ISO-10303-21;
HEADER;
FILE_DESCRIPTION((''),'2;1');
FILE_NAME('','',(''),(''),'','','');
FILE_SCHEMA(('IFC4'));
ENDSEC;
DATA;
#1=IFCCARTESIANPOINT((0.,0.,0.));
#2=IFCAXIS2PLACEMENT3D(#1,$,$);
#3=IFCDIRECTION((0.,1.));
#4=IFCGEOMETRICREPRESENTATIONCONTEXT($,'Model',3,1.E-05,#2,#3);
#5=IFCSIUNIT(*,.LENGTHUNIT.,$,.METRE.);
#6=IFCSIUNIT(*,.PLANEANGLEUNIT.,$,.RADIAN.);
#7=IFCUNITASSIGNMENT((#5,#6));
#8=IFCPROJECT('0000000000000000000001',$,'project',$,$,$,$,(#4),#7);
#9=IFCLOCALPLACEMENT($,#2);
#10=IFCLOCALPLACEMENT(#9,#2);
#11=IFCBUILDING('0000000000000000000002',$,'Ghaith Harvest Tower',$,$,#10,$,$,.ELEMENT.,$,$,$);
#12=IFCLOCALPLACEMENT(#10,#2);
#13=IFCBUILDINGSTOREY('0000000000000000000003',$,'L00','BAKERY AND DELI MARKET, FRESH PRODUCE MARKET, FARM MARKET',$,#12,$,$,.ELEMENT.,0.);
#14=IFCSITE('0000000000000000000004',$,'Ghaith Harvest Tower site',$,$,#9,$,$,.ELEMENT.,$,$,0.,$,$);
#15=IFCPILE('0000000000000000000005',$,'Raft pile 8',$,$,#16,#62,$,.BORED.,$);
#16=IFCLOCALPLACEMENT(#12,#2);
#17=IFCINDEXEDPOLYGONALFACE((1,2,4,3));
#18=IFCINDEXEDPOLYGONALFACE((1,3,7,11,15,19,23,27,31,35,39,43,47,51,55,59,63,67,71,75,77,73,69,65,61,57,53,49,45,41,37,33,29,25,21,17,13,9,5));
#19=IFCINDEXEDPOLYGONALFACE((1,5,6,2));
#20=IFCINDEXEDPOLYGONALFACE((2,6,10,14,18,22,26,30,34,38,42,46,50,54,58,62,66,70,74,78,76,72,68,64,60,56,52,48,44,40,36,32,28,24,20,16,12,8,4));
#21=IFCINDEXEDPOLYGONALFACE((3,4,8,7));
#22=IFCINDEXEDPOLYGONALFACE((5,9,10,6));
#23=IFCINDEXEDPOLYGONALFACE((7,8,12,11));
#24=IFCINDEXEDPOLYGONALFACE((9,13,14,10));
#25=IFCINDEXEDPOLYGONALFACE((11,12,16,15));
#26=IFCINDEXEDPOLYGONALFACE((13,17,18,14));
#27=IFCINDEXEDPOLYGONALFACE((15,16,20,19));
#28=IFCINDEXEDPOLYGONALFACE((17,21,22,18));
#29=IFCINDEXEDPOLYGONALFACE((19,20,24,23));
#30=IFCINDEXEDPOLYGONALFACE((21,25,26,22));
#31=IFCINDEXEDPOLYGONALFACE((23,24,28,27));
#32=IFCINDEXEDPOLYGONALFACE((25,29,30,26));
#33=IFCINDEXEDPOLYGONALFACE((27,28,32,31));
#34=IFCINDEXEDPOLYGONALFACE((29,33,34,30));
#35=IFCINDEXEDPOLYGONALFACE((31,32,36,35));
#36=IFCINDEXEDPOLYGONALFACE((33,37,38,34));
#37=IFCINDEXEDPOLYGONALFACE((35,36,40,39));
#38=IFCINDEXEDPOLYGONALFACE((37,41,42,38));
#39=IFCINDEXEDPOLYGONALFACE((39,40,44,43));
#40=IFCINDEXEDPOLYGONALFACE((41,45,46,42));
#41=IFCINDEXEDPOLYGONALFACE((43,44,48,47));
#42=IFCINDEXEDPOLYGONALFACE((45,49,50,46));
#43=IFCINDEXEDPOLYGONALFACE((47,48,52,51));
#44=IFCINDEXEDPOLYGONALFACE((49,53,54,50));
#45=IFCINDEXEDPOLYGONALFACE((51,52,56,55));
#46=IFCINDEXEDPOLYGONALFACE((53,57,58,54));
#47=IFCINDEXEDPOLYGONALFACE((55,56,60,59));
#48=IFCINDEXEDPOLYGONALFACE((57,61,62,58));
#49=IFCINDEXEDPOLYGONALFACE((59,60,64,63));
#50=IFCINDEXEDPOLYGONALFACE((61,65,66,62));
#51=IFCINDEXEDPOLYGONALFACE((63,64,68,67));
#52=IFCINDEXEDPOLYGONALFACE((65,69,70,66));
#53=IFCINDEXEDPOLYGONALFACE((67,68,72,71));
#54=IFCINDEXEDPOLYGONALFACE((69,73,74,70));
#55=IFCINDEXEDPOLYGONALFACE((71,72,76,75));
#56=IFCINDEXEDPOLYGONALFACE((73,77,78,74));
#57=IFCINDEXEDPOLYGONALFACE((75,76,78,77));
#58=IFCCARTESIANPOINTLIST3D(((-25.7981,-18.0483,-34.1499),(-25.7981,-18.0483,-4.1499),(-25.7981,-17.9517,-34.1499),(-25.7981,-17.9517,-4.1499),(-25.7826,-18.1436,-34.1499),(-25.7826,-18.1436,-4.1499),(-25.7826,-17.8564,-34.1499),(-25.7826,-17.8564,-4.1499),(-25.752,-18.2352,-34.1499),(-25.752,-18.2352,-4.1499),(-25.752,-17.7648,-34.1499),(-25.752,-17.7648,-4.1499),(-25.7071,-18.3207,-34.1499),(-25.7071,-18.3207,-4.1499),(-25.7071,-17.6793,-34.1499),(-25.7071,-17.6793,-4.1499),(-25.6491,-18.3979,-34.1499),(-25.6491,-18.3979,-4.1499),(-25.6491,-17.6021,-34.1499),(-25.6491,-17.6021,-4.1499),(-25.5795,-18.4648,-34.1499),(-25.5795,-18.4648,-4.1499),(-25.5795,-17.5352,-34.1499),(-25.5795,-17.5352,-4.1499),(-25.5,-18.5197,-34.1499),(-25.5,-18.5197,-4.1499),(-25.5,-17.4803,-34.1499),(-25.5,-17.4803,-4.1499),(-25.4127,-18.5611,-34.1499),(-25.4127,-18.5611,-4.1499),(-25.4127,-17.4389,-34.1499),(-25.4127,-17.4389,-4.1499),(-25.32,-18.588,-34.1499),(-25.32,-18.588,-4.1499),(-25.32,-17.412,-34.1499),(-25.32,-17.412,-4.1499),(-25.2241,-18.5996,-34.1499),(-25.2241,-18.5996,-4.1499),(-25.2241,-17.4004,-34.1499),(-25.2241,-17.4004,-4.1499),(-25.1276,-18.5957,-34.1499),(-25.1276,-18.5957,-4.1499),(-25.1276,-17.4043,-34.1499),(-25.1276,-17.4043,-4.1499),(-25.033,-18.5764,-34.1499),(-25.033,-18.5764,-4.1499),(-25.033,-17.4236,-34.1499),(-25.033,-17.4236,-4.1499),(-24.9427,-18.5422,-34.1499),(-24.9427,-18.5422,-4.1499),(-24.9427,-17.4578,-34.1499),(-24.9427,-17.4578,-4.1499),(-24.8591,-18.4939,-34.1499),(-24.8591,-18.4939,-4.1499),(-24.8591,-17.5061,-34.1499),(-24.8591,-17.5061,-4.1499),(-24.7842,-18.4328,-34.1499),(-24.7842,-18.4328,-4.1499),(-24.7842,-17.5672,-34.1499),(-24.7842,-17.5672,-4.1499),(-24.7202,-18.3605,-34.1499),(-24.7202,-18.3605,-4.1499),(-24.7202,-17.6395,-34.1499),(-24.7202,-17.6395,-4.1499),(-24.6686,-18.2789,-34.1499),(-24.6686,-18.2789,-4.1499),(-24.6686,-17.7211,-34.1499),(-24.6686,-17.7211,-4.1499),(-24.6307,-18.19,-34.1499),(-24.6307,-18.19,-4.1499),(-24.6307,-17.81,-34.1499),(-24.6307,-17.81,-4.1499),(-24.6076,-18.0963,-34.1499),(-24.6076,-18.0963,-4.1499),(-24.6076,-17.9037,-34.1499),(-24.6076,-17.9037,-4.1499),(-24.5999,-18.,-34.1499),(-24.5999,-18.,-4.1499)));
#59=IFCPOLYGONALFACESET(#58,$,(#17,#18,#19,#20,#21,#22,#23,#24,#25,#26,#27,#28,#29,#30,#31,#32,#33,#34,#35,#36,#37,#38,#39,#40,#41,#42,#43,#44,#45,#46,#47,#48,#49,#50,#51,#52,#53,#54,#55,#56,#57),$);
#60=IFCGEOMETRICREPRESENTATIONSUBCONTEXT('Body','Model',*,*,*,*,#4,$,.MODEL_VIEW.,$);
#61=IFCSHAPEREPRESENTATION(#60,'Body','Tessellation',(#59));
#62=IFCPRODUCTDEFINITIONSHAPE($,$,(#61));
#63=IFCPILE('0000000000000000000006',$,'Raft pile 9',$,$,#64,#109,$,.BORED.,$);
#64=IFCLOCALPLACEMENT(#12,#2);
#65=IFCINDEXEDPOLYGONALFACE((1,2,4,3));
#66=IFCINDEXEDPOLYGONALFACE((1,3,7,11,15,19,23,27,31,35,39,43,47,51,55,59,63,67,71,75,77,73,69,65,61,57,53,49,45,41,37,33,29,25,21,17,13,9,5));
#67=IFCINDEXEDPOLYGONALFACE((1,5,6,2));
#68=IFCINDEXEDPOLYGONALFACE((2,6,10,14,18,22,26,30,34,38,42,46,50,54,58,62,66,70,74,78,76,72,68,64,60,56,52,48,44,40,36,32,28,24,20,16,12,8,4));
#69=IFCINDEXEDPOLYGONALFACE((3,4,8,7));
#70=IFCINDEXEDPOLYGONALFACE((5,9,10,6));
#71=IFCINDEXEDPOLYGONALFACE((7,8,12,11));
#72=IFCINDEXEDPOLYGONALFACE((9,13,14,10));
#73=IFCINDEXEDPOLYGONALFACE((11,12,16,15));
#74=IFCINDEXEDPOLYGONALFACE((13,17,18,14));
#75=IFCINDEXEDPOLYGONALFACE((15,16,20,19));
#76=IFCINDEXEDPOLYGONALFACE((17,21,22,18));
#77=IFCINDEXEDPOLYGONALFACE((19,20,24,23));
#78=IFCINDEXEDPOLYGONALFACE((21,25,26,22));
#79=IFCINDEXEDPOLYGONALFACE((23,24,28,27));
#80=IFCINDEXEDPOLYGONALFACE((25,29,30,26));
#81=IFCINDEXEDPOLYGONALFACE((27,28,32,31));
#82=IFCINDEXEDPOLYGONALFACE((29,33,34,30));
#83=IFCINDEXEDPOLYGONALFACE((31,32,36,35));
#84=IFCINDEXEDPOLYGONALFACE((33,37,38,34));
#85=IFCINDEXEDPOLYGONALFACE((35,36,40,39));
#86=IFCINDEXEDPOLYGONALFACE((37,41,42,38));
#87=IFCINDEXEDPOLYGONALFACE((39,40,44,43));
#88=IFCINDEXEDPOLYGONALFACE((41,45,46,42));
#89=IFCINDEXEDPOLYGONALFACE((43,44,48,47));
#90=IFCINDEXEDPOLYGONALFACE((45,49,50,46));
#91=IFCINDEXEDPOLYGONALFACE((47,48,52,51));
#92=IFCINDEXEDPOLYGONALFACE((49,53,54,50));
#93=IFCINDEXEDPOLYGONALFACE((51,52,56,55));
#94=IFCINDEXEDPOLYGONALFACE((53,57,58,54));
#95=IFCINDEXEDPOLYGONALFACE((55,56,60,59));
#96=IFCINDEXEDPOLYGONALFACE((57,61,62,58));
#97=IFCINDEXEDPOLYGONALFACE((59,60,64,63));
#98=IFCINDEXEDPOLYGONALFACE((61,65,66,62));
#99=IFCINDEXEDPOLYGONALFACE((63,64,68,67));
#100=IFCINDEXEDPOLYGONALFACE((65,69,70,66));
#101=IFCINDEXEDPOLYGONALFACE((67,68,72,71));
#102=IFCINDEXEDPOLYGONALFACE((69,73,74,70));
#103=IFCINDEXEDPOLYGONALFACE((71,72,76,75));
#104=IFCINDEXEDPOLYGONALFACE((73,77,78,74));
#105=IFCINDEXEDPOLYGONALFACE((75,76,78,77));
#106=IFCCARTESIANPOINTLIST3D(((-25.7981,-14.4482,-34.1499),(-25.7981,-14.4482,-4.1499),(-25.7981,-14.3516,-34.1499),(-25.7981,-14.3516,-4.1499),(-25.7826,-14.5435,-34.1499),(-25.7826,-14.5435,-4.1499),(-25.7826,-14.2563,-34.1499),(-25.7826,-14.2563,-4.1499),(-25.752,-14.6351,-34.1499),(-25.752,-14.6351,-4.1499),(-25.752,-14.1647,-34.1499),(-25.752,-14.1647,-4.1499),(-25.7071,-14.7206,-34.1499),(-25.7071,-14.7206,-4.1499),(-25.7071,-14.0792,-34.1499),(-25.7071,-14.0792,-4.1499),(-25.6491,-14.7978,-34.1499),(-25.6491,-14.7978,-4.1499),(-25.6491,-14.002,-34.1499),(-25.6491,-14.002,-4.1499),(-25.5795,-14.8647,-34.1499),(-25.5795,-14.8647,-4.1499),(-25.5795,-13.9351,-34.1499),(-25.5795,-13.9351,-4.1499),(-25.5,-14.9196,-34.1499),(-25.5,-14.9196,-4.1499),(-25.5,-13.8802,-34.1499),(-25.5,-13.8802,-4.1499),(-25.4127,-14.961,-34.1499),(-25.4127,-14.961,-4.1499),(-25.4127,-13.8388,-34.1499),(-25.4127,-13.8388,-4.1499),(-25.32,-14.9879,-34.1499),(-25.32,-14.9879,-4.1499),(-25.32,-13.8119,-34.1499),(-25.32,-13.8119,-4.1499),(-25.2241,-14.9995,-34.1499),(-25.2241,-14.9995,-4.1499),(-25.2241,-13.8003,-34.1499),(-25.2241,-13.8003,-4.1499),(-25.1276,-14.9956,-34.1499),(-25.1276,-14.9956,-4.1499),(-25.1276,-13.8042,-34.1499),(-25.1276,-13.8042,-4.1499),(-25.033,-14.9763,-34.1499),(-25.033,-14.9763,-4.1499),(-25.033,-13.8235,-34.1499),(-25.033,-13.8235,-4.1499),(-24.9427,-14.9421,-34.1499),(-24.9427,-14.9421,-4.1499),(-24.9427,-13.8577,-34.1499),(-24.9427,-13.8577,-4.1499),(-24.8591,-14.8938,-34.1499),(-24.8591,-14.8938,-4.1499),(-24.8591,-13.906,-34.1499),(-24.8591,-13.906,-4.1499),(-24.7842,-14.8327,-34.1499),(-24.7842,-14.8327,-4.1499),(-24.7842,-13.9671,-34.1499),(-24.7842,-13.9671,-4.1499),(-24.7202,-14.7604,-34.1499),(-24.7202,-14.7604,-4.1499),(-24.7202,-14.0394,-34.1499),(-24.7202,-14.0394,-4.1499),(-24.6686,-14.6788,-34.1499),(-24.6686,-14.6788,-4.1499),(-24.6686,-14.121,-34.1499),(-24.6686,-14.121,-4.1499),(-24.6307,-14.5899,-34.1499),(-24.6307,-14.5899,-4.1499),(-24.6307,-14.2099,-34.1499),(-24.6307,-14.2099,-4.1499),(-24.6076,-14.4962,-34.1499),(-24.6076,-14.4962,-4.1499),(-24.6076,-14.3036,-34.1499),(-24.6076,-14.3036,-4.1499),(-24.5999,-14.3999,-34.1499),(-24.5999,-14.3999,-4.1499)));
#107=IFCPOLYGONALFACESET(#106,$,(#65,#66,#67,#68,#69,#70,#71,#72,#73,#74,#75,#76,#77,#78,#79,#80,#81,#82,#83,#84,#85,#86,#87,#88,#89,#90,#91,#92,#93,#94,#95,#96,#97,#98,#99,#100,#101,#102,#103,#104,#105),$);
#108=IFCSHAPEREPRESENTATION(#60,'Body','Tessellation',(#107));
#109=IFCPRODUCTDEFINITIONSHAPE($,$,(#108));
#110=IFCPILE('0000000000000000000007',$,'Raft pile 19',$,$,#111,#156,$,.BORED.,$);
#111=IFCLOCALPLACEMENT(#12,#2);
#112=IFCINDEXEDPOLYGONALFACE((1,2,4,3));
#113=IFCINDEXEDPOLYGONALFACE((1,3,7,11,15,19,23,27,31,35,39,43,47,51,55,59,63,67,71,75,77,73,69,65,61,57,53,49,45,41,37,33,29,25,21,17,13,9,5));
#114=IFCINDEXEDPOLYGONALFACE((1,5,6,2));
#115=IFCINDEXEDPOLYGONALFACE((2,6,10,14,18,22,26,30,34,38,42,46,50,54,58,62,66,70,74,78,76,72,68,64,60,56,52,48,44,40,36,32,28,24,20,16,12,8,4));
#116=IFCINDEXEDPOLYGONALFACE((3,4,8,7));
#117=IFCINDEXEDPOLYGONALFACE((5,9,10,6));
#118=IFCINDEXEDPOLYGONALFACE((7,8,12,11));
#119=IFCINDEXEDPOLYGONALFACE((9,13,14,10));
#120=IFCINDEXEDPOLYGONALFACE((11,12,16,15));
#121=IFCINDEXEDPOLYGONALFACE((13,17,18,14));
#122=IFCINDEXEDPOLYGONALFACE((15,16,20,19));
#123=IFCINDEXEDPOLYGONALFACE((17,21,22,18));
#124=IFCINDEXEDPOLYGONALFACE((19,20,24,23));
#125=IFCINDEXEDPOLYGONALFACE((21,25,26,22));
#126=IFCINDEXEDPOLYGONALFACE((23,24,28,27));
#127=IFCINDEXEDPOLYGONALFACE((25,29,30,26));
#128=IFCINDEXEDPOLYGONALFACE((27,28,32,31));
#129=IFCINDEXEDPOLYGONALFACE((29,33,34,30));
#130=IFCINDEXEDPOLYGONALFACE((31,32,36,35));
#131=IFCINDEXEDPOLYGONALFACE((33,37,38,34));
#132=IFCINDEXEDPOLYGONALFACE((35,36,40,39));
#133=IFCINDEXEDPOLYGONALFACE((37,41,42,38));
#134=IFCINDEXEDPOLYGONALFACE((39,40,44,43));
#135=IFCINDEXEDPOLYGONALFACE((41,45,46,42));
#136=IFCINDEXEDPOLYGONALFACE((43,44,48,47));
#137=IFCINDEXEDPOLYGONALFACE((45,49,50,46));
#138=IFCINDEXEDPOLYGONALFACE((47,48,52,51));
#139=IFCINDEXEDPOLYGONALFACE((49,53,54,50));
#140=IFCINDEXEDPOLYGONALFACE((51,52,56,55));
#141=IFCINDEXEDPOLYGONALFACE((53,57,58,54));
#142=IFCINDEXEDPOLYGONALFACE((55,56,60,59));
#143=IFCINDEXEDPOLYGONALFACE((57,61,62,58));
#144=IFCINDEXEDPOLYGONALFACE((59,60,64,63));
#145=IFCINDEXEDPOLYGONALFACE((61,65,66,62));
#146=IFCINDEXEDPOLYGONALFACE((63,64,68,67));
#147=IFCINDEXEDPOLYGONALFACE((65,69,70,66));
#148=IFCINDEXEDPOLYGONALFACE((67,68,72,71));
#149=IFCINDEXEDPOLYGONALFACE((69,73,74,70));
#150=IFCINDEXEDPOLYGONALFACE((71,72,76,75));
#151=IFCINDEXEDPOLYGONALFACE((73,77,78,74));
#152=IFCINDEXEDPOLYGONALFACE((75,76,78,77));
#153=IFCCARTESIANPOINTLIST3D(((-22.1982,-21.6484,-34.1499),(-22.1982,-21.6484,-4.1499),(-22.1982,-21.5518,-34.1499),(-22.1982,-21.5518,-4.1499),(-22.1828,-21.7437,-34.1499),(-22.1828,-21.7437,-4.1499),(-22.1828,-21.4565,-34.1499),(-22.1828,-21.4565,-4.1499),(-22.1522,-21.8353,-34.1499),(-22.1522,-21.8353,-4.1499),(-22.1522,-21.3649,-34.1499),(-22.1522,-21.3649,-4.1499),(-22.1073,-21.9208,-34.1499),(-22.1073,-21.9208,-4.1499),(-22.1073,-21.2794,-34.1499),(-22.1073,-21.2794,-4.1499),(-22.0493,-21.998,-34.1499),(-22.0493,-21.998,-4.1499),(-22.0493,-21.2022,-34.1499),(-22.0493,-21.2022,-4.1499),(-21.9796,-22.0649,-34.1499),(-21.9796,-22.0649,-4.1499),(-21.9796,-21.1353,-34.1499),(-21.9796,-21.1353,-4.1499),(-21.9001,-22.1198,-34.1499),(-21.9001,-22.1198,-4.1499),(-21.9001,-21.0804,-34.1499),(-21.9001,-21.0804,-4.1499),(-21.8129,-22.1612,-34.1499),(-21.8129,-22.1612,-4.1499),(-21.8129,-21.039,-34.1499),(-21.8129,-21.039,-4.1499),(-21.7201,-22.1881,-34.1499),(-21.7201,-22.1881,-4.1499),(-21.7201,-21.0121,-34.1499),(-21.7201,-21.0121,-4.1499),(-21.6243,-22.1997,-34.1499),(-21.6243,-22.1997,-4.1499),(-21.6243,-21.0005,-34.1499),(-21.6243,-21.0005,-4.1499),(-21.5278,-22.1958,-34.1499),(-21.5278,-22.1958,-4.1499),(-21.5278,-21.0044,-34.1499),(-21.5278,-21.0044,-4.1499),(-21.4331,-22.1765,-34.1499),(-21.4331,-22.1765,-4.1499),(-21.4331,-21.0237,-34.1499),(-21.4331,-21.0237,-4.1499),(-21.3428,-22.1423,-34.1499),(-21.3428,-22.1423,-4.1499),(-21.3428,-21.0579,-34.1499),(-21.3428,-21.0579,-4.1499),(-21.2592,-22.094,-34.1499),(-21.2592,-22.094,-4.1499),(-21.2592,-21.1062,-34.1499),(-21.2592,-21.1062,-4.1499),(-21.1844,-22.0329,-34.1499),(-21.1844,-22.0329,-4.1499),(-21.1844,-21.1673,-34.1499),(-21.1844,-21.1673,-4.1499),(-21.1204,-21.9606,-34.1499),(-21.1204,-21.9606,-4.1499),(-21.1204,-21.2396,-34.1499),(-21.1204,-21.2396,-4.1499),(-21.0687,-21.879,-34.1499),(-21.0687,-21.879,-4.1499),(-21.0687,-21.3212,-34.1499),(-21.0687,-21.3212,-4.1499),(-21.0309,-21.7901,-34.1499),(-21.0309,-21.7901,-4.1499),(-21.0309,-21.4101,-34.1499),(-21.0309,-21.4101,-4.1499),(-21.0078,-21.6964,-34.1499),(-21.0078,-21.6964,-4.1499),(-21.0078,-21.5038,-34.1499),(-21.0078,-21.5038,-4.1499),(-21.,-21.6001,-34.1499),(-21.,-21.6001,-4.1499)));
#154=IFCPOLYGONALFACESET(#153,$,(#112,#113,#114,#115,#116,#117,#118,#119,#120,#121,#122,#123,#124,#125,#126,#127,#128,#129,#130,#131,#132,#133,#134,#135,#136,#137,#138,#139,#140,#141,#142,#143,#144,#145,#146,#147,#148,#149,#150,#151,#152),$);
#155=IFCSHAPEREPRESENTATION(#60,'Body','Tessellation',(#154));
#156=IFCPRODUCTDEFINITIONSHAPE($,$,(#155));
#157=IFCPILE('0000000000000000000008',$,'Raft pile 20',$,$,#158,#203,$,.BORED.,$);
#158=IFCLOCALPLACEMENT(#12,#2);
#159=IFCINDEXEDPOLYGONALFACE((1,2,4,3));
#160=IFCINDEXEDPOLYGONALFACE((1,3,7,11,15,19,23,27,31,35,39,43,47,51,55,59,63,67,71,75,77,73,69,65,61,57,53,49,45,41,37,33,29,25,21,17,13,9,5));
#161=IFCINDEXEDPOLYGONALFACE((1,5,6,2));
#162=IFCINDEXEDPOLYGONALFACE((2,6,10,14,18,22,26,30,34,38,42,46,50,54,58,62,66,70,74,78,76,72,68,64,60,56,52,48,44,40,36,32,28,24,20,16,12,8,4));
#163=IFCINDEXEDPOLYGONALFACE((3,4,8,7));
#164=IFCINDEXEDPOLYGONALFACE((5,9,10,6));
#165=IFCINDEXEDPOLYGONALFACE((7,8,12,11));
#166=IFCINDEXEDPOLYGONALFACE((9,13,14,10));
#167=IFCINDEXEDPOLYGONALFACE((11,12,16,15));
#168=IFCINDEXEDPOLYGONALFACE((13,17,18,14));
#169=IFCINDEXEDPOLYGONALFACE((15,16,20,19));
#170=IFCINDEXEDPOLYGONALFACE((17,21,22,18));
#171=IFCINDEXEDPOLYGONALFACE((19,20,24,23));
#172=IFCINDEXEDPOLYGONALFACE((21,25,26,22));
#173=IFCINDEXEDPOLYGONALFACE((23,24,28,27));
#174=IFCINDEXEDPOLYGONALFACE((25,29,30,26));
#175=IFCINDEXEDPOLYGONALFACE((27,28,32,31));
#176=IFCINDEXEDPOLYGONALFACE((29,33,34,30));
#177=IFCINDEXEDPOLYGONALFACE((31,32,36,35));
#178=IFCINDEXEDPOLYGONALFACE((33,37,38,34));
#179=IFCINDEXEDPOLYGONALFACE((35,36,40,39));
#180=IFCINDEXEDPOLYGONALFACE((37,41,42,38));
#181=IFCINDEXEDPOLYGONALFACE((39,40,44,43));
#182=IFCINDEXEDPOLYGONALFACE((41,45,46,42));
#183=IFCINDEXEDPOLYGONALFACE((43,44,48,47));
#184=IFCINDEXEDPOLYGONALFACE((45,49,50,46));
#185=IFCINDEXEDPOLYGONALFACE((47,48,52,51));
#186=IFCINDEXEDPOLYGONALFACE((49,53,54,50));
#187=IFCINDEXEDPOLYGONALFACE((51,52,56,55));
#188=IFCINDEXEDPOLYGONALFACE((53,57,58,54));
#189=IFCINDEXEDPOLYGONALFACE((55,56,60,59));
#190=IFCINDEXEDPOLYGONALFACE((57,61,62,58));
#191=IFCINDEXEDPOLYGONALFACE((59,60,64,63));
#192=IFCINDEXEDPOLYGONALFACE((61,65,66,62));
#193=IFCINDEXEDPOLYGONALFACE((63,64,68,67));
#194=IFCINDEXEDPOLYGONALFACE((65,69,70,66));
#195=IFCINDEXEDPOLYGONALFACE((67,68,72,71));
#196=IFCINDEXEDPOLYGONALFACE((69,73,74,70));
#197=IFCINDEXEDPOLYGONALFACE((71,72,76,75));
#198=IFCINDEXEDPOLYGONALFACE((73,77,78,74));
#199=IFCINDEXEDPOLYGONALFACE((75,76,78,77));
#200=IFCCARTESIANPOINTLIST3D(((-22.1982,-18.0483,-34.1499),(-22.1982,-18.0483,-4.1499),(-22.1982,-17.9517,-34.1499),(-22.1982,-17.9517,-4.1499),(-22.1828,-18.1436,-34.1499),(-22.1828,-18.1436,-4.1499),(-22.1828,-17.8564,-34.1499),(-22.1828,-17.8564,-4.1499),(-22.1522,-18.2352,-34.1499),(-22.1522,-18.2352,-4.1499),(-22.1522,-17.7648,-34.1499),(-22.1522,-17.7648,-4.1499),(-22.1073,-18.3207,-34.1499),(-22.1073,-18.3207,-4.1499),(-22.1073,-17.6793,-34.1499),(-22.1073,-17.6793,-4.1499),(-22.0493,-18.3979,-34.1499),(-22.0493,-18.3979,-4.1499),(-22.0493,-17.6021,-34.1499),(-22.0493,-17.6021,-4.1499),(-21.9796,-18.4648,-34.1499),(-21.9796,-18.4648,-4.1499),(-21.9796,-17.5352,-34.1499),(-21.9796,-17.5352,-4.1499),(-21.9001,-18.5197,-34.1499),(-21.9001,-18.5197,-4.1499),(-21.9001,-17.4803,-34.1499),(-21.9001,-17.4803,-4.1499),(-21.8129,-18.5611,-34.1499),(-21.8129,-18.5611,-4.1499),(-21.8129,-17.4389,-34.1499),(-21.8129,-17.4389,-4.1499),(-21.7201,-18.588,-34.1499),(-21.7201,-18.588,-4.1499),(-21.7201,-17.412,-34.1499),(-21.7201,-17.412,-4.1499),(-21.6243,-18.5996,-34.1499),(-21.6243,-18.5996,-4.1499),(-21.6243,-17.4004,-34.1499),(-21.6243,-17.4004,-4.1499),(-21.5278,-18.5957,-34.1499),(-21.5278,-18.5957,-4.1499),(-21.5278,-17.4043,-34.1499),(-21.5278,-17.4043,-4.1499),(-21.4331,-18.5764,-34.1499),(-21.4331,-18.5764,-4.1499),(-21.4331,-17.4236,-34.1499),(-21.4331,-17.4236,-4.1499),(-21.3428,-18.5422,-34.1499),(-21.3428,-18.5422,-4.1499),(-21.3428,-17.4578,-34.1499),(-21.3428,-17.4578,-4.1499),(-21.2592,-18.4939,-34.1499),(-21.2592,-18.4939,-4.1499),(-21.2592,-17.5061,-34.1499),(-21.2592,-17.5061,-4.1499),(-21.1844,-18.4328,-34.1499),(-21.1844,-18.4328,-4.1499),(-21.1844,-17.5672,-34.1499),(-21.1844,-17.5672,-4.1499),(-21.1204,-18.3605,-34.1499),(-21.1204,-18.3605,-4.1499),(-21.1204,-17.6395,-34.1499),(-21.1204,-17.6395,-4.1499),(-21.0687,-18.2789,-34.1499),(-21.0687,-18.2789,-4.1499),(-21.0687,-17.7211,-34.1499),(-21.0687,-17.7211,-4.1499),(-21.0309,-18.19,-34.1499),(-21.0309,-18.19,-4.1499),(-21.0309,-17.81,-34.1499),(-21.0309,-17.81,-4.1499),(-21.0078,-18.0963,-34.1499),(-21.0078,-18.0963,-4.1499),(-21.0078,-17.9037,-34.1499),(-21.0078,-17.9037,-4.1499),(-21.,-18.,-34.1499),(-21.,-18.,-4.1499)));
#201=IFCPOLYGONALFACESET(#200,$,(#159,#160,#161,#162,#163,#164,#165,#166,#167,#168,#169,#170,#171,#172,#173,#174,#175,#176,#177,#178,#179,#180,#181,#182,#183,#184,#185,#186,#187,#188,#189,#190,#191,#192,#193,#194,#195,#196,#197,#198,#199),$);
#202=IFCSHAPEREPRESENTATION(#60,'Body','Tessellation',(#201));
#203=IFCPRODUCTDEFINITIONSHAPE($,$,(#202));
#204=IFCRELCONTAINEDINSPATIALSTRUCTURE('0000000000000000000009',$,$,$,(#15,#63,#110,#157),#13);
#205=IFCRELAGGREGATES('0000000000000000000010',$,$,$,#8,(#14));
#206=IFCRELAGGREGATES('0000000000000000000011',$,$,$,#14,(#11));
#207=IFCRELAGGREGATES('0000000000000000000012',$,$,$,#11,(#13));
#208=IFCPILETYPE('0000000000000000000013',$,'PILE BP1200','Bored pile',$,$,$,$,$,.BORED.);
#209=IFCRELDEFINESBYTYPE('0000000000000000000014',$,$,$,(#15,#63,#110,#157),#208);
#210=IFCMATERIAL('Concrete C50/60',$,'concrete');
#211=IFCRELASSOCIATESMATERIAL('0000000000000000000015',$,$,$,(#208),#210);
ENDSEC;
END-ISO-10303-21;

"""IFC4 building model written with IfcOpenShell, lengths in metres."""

from ifc_helpers import new_model, si_unit, direction, frame, origin, origin_2d, place, context, subcontext, project, spatial, circle, extrude, material, material_profile, profile_set, type_object, element, save


model = new_model("IFC4")

# Units and contexts
model_context = context("Model", 3, precision=1e-05, world=origin(), true_north=direction((0.0, 1.0)))
body_context = subcontext(model_context, "Body", "Model", "MODEL_VIEW")
ifc_project = project(units=[si_unit("LENGTHUNIT", "METRE"), si_unit("PLANEANGLEUNIT", "RADIAN")], contexts=[model_context])

# Site, building, storey
site_placement = place(None, origin())
site = spatial("IfcSite", under=ifc_project, at=site_placement, Name="Ghaith Harvest Tower site", CompositionType="ELEMENT", RefElevation=0.0)
building_placement = place(site_placement, origin())
building = spatial("IfcBuilding", under=site, at=building_placement, Name="Ghaith Harvest Tower", CompositionType="ELEMENT")
storey_placement = place(building_placement, origin())
storey = spatial("IfcBuildingStorey", under=building, at=storey_placement, Name="L00", Description="BAKERY AND DELI MARKET, FRESH PRODUCE MARKET, FARM MARKET", CompositionType="ELEMENT", Elevation=0.0)

# Piles
ifc_material_1 = material(Name="Concrete C50/60", Category="concrete")
ifc_material_profile_1 = material_profile(ifc_material_1, circle(Radius=0.6001, at=origin_2d()), Name="PILE1200")
ifc_profile_set_1 = profile_set([ifc_material_profile_1], Name="Concrete C50/60")
pile_type_1 = type_object("IfcPileType", Name="PILE BP1200", Description="Bored pile", PredefinedType="BORED", material=ifc_profile_set_1)
for number, where, z_axis, x_axis, name in (
    (1, (-25.2, -18.0, -4.1499), (0.0, 0.0, -1.0), (1.0, 0.0, 0.0), "Raft pile 8"),
    (2, (-25.2, -14.3999, -4.1499), (0.0, 0.0, -1.0), (1.0, 0.0, 0.0), "Raft pile 9"),
    (3, (-21.6001, -21.6001, -4.1499), (0.0, 0.0, -1.0), (1.0, 0.0, 0.0), "Raft pile 19"),
    (4, (-21.6001, -18.0, -4.1499), (0.0, 0.0, -1.0), (1.0, 0.0, 0.0), "Raft pile 20"),
):
    element("IfcPile", number, at=place(storey_placement, frame(where, z_axis=z_axis, x_axis=x_axis)), inside=storey, type_object=pile_type_1, Name=name, PredefinedType="BORED", context=body_context, shape_type="SweptSolid", body=[
        extrude(circle(Radius=0.6001, at=origin_2d()), origin(), (0.0, 0.0, 1.0), 30.0),
    ])

save(model, "model.ifc")
